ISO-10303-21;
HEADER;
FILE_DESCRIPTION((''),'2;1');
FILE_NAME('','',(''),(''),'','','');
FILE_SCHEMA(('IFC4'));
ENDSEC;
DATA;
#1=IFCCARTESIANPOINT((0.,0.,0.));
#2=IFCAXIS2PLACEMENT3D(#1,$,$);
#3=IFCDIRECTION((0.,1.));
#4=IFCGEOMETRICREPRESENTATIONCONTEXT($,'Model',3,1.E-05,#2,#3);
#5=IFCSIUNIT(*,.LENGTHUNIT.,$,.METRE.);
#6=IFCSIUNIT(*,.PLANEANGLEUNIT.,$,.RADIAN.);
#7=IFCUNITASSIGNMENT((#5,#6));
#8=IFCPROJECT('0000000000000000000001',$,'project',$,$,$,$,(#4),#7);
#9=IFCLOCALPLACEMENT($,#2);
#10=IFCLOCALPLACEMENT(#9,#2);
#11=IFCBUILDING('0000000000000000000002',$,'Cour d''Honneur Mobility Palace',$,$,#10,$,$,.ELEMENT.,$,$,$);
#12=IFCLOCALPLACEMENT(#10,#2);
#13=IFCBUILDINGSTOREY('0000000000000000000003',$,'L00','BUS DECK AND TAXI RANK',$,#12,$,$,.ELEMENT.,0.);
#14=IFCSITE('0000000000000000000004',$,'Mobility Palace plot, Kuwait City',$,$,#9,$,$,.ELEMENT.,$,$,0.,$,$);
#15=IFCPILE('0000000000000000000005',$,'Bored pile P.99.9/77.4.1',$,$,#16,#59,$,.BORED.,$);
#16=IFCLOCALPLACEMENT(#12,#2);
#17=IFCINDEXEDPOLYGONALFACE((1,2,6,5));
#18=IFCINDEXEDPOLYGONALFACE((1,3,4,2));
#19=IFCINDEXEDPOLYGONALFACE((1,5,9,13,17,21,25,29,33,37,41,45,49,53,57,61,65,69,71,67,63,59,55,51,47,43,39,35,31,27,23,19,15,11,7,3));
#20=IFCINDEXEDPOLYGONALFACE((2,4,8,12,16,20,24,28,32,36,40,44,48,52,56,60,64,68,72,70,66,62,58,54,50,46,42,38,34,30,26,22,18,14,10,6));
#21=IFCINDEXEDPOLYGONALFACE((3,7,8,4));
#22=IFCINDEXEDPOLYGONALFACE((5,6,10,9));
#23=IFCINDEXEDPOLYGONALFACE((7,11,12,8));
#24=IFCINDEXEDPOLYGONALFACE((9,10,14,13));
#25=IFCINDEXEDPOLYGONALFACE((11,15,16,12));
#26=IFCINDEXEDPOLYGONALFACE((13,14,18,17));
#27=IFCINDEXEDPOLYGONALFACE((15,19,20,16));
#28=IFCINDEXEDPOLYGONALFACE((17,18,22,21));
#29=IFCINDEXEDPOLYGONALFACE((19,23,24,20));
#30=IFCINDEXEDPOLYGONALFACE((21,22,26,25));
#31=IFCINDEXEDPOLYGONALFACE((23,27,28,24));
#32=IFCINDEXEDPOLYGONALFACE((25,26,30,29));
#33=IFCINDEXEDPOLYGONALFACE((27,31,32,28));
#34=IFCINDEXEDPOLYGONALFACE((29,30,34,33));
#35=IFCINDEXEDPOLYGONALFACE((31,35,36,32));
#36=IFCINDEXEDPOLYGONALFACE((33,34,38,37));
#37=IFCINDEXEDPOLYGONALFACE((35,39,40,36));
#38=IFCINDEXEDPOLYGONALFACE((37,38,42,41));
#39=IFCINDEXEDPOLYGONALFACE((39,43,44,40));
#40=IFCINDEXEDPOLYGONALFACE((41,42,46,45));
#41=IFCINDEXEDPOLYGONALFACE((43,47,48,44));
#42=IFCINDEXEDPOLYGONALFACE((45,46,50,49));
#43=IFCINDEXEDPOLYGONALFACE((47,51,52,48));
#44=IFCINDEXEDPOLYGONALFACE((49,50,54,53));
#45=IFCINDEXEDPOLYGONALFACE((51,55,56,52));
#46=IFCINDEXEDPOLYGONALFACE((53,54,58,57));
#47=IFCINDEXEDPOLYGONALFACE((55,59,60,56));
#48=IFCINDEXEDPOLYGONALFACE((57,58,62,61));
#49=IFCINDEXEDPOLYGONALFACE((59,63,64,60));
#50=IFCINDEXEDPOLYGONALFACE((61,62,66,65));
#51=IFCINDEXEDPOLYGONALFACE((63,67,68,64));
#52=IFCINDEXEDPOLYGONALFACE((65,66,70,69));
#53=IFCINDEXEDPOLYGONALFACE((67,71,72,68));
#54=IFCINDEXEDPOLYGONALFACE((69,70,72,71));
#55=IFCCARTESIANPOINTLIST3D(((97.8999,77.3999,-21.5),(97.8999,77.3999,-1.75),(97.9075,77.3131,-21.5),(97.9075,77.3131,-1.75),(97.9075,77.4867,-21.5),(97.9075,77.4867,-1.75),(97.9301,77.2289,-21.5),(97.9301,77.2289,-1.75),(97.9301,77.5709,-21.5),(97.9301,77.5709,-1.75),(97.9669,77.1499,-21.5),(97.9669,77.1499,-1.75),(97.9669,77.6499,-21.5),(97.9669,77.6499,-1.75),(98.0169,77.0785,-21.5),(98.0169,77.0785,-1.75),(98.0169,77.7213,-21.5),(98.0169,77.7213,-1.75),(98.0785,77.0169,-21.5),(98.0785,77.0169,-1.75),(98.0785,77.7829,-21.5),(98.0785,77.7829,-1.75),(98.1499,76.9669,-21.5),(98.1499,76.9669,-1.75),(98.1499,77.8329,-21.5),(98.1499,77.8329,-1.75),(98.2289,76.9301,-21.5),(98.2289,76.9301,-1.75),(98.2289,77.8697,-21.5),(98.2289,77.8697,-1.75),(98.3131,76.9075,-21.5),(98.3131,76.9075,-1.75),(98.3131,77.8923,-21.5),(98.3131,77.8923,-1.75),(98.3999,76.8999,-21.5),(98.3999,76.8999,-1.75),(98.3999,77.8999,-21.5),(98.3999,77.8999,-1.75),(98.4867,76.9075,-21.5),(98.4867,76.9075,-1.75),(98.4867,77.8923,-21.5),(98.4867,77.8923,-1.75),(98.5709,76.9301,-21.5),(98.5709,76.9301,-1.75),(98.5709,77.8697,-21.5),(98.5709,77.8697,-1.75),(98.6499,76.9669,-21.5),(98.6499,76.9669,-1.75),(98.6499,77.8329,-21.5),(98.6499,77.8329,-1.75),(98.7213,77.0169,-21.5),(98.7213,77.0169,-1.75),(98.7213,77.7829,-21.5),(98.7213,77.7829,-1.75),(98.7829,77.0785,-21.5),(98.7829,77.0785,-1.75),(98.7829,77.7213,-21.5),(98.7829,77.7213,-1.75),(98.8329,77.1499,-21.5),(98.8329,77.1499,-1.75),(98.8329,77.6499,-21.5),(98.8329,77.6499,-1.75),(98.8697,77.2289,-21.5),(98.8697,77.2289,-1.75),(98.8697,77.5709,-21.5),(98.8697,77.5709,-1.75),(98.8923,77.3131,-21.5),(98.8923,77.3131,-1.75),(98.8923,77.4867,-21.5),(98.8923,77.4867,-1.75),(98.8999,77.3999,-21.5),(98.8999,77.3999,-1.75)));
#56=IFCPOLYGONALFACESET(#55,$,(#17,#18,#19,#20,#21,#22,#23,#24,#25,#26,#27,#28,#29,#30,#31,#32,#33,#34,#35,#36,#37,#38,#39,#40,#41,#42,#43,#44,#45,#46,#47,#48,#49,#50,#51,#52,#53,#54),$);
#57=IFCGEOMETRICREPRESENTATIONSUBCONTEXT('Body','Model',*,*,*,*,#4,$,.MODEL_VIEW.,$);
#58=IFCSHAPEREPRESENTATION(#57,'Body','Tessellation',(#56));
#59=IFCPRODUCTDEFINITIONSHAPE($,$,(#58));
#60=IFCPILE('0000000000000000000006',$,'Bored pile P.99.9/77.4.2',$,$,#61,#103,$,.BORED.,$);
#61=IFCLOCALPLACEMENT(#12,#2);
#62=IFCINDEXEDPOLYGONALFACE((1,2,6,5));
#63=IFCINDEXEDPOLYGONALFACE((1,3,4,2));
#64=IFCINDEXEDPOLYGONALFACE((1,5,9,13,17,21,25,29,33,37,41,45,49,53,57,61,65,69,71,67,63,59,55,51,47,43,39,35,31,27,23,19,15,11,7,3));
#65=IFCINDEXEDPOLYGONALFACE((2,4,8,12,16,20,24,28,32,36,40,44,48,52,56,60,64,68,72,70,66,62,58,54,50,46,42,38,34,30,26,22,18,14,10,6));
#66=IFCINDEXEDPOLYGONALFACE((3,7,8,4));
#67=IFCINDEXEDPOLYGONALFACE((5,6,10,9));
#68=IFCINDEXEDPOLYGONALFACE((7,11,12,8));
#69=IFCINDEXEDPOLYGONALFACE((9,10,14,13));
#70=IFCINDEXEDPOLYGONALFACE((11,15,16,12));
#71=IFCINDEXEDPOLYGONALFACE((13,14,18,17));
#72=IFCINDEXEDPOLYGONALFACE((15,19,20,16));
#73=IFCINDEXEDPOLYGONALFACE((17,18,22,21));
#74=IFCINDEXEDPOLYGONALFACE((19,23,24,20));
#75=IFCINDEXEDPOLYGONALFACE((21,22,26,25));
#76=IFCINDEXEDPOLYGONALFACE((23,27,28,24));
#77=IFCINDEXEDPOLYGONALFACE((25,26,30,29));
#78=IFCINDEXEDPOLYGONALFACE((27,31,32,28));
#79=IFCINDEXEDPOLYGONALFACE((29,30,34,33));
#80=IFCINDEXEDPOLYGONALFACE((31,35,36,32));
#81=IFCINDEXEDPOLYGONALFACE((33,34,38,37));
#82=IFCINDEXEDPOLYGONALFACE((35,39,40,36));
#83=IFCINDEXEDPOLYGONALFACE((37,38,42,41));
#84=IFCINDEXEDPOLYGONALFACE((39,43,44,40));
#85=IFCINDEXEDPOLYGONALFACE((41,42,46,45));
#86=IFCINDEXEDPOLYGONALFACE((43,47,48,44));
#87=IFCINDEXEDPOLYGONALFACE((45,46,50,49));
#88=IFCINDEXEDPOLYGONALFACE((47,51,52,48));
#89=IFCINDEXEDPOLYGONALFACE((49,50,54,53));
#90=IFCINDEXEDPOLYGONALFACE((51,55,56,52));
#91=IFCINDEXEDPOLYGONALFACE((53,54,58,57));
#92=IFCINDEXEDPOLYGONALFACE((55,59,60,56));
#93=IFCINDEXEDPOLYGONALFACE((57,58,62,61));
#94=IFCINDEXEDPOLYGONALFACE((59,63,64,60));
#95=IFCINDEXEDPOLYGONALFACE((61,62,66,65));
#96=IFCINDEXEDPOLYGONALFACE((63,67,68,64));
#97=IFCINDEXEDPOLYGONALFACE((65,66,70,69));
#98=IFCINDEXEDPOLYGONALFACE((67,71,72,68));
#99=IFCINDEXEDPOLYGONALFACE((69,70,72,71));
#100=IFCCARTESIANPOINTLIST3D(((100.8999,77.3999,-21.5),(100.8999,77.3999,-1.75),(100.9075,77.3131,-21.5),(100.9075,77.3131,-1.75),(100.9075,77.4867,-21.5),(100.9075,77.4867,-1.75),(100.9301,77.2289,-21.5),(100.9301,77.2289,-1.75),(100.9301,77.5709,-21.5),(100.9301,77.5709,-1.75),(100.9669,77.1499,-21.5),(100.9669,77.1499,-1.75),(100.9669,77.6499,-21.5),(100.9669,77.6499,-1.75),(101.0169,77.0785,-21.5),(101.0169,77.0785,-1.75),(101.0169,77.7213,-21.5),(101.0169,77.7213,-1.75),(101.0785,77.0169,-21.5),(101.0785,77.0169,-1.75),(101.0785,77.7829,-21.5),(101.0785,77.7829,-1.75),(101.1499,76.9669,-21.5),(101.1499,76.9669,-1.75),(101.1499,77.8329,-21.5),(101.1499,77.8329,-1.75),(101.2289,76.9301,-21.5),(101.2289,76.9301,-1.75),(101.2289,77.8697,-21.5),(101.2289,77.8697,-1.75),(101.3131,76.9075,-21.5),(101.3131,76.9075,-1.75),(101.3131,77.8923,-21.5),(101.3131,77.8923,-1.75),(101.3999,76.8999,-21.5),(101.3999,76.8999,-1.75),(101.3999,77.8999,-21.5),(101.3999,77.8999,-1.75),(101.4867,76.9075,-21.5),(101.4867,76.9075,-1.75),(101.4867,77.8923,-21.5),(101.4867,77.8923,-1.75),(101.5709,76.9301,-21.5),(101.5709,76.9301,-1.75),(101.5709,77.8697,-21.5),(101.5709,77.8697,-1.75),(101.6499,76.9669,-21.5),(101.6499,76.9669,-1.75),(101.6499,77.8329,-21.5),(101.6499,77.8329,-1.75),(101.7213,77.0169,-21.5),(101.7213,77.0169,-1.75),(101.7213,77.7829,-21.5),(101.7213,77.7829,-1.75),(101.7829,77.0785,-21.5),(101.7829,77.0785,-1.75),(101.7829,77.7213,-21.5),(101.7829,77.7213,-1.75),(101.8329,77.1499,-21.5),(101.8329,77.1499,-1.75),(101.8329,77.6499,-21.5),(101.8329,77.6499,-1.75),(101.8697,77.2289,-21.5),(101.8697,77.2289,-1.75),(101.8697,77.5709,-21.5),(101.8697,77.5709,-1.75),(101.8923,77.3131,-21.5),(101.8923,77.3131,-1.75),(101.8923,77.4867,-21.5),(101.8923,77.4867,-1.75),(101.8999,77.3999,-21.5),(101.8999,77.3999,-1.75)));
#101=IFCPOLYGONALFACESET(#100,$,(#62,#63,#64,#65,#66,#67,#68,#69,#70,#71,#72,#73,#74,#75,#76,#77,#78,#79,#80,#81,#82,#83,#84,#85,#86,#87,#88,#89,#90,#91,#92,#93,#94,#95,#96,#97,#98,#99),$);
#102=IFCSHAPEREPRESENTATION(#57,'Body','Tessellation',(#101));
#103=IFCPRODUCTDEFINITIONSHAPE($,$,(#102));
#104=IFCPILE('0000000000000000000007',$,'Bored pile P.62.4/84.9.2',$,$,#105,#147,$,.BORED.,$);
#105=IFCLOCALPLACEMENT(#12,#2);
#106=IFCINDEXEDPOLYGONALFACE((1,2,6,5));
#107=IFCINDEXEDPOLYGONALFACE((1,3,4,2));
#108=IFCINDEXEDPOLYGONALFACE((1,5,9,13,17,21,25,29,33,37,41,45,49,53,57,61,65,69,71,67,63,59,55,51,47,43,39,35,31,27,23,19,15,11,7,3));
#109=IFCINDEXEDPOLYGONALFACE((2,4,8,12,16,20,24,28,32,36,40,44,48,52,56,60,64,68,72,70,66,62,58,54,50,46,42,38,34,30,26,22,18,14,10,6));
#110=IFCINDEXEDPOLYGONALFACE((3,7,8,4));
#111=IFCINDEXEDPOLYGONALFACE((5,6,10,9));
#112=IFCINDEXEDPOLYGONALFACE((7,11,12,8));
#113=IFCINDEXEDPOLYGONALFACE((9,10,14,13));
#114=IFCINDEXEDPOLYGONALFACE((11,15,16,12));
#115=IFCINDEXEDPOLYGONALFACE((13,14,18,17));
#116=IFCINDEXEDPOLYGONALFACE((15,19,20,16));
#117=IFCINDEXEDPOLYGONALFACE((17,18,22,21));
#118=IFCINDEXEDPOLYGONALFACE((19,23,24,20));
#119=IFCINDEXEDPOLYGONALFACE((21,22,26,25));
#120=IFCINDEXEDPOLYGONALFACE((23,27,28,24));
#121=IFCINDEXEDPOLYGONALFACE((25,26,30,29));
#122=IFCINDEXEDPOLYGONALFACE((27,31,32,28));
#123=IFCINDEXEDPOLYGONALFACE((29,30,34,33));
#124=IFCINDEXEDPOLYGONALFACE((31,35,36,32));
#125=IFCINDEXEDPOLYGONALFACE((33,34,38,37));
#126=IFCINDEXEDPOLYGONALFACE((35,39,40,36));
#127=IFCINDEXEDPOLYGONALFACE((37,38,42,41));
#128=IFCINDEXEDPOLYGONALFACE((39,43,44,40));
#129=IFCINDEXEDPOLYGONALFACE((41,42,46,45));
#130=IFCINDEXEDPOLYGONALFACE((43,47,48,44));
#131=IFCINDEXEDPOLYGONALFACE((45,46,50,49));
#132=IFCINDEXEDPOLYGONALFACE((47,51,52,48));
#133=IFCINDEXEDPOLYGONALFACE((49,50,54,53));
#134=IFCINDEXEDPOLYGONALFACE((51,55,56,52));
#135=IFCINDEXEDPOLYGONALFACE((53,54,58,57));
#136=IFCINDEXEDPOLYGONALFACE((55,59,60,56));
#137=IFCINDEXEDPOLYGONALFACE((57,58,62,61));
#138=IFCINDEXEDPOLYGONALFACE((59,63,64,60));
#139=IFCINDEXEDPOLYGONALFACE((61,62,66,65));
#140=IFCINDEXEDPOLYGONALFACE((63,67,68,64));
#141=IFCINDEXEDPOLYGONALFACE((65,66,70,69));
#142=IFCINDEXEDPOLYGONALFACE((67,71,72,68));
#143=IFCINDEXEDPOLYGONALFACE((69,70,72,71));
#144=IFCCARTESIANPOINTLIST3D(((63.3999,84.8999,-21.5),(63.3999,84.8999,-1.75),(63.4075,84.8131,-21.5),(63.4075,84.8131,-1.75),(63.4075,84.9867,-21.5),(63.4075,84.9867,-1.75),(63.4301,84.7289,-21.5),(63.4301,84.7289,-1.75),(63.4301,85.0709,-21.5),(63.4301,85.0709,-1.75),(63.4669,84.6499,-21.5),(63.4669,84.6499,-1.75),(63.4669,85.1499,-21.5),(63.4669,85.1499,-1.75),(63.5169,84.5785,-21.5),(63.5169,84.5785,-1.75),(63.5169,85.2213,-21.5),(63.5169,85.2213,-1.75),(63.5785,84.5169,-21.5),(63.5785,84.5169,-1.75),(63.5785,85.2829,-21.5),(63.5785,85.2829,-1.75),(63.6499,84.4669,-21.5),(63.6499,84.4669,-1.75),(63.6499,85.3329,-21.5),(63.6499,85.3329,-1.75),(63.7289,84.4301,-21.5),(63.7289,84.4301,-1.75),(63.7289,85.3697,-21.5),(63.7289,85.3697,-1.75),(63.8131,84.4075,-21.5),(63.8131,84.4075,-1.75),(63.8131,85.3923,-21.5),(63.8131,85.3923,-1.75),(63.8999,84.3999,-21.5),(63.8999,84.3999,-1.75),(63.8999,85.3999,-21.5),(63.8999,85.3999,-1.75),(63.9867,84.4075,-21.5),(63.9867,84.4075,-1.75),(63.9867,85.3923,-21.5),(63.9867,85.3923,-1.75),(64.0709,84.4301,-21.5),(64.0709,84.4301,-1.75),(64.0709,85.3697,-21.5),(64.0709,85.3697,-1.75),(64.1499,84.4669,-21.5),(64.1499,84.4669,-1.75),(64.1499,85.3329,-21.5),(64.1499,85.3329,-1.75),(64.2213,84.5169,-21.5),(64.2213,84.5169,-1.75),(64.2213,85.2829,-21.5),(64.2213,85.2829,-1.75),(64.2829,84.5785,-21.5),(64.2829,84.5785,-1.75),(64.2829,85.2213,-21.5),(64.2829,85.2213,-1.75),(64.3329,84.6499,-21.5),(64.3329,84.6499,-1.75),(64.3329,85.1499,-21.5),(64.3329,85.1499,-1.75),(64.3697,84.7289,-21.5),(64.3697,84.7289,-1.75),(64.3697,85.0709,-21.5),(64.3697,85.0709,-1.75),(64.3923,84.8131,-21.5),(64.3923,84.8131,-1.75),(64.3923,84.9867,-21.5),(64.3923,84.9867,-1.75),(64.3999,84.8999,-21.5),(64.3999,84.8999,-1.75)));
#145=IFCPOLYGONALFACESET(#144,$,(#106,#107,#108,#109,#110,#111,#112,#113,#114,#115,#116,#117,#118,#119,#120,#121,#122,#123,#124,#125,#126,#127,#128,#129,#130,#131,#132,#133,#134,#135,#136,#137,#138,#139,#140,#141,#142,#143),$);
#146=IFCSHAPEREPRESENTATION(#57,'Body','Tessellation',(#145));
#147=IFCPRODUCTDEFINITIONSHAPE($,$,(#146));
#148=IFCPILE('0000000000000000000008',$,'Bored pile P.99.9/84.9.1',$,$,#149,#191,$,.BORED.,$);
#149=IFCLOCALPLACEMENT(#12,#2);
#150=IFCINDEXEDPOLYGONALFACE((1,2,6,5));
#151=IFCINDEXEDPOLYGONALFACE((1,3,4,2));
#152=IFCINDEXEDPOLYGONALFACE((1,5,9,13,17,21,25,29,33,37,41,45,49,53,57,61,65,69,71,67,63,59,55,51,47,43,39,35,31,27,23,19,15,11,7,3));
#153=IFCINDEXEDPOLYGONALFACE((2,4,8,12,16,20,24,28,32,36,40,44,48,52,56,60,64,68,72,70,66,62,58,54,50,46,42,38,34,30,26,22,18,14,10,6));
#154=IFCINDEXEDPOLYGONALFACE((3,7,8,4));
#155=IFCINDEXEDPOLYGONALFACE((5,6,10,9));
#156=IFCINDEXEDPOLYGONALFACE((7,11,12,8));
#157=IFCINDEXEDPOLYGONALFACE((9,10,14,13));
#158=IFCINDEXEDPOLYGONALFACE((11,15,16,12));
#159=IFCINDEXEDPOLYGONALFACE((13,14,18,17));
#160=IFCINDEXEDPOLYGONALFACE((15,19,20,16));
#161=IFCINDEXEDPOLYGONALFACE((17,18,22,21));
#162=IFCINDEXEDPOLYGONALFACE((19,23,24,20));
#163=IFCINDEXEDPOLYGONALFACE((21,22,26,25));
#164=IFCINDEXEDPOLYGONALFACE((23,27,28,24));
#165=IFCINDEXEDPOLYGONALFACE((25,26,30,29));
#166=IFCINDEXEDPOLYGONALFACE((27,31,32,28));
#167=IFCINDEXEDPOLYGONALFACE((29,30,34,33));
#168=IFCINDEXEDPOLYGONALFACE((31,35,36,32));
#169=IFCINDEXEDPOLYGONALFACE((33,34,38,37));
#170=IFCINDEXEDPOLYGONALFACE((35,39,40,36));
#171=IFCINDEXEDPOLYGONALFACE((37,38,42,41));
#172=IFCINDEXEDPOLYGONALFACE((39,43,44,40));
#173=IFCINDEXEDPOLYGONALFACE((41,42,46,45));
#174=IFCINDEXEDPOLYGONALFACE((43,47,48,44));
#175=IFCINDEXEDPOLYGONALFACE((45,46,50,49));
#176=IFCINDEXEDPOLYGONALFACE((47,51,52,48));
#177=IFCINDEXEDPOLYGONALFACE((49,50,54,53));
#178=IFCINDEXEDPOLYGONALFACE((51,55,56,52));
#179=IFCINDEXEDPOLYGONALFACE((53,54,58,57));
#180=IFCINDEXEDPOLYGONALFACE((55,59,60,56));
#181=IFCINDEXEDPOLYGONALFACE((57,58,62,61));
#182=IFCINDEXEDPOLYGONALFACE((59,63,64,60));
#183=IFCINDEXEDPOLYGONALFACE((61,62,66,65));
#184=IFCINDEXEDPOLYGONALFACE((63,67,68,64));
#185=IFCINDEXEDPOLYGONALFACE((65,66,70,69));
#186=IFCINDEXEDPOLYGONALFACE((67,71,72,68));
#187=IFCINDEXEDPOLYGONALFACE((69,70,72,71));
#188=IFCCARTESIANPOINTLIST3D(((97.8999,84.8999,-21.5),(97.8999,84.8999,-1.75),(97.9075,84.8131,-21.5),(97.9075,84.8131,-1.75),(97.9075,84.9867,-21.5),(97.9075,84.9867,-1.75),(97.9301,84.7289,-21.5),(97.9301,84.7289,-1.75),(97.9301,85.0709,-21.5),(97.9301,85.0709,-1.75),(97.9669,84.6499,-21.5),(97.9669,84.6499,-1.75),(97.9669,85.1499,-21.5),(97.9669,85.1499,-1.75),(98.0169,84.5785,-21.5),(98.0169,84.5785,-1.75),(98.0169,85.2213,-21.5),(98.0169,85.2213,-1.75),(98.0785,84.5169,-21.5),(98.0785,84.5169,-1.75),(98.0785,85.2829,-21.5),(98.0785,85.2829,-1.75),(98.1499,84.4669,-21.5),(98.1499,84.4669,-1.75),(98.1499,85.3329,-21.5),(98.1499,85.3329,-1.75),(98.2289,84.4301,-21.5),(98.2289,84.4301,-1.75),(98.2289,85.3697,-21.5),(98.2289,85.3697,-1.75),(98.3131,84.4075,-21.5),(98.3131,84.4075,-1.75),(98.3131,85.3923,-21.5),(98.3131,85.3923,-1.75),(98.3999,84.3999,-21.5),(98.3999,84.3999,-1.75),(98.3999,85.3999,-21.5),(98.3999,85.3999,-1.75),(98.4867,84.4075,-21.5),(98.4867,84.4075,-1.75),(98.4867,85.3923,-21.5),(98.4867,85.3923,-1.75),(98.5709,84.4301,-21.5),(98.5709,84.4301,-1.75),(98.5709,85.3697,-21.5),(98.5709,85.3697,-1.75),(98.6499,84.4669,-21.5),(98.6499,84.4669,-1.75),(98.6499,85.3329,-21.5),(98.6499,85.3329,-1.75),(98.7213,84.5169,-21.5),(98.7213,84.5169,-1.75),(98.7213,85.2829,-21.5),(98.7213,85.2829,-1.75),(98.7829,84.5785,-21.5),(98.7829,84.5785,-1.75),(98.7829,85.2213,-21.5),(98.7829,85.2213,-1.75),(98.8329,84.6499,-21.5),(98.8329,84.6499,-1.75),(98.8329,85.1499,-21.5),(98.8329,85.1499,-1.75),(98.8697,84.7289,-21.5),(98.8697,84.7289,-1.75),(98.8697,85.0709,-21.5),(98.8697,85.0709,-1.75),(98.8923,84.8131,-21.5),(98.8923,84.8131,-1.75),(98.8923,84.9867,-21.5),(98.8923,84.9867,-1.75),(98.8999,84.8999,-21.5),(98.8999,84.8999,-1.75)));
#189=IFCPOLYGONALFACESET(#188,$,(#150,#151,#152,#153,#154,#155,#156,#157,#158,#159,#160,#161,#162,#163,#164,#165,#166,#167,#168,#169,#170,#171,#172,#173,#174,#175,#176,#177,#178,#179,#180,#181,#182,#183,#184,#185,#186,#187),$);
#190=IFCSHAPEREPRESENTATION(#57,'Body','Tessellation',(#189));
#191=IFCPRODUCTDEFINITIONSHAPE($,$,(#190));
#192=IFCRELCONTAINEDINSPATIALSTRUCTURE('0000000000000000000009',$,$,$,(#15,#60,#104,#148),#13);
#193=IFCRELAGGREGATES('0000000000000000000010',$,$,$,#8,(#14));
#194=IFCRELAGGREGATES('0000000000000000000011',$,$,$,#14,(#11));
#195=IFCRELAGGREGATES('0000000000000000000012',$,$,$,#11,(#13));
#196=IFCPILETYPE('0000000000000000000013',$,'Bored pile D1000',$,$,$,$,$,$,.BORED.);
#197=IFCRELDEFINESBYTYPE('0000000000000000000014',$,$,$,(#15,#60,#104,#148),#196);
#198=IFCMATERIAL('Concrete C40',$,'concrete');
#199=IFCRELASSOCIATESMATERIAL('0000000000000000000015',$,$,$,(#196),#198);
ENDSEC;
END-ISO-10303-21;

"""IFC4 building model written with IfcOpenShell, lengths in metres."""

from ifc_helpers import new_model, si_unit, direction, frame, origin, origin_2d, place, context, subcontext, project, spatial, circle, extrude, material, material_profile, profile_set, type_object, element, save


model = new_model("IFC4")

# Units and contexts
model_context = context("Model", 3, precision=1e-05, world=origin(), true_north=direction((0.0, 1.0)))
body_context = subcontext(model_context, "Body", "Model", "MODEL_VIEW")
ifc_project = project(units=[si_unit("LENGTHUNIT", "METRE"), si_unit("PLANEANGLEUNIT", "RADIAN")], contexts=[model_context])

# Site, building, storey
site_placement = place(None, origin())
site = spatial("IfcSite", under=ifc_project, at=site_placement, Name="Mobility Palace plot, Kuwait City", CompositionType="ELEMENT", RefElevation=0.0)
building_placement = place(site_placement, origin())
building = spatial("IfcBuilding", under=site, at=building_placement, Name="Cour d'Honneur Mobility Palace", CompositionType="ELEMENT")
storey_placement = place(building_placement, origin())
storey = spatial("IfcBuildingStorey", under=building, at=storey_placement, Name="L00", Description="BUS DECK AND TAXI RANK", CompositionType="ELEMENT", Elevation=0.0)

# Piles
ifc_material_1 = material(Name="Concrete C40", Category="concrete")
ifc_material_profile_1 = material_profile(ifc_material_1, circle(Radius=0.5, at=origin_2d()), Name="Bored pile D1000")
ifc_profile_set_1 = profile_set([ifc_material_profile_1], Name="Concrete C40")
pile_type_1 = type_object("IfcPileType", Name="Bored pile D1000", PredefinedType="BORED", material=ifc_profile_set_1)
for number, where, z_axis, x_axis, name in (
    (1, (98.3999, 77.3999, -1.75), (0.0, 0.0, -1.0), (1.0, 0.0, 0.0), "Bored pile P.99.9/77.4.1"),
    (2, (101.3999, 77.3999, -1.75), (0.0, 0.0, -1.0), (1.0, 0.0, 0.0), "Bored pile P.99.9/77.4.2"),
    (3, (63.8999, 84.8999, -1.75), (0.0, 0.0, -1.0), (1.0, 0.0, 0.0), "Bored pile P.62.4/84.9.2"),
    (4, (98.3999, 84.8999, -1.75), (0.0, 0.0, -1.0), (1.0, 0.0, 0.0), "Bored pile P.99.9/84.9.1"),
):
    element("IfcPile", number, at=place(storey_placement, frame(where, z_axis=z_axis, x_axis=x_axis)), inside=storey, type_object=pile_type_1, Name=name, PredefinedType="BORED", context=body_context, shape_type="SweptSolid", body=[
        extrude(circle(Radius=0.5, at=origin_2d()), origin(), (0.0, 0.0, 1.0), 19.75),
    ])

save(model, "model.ifc")
